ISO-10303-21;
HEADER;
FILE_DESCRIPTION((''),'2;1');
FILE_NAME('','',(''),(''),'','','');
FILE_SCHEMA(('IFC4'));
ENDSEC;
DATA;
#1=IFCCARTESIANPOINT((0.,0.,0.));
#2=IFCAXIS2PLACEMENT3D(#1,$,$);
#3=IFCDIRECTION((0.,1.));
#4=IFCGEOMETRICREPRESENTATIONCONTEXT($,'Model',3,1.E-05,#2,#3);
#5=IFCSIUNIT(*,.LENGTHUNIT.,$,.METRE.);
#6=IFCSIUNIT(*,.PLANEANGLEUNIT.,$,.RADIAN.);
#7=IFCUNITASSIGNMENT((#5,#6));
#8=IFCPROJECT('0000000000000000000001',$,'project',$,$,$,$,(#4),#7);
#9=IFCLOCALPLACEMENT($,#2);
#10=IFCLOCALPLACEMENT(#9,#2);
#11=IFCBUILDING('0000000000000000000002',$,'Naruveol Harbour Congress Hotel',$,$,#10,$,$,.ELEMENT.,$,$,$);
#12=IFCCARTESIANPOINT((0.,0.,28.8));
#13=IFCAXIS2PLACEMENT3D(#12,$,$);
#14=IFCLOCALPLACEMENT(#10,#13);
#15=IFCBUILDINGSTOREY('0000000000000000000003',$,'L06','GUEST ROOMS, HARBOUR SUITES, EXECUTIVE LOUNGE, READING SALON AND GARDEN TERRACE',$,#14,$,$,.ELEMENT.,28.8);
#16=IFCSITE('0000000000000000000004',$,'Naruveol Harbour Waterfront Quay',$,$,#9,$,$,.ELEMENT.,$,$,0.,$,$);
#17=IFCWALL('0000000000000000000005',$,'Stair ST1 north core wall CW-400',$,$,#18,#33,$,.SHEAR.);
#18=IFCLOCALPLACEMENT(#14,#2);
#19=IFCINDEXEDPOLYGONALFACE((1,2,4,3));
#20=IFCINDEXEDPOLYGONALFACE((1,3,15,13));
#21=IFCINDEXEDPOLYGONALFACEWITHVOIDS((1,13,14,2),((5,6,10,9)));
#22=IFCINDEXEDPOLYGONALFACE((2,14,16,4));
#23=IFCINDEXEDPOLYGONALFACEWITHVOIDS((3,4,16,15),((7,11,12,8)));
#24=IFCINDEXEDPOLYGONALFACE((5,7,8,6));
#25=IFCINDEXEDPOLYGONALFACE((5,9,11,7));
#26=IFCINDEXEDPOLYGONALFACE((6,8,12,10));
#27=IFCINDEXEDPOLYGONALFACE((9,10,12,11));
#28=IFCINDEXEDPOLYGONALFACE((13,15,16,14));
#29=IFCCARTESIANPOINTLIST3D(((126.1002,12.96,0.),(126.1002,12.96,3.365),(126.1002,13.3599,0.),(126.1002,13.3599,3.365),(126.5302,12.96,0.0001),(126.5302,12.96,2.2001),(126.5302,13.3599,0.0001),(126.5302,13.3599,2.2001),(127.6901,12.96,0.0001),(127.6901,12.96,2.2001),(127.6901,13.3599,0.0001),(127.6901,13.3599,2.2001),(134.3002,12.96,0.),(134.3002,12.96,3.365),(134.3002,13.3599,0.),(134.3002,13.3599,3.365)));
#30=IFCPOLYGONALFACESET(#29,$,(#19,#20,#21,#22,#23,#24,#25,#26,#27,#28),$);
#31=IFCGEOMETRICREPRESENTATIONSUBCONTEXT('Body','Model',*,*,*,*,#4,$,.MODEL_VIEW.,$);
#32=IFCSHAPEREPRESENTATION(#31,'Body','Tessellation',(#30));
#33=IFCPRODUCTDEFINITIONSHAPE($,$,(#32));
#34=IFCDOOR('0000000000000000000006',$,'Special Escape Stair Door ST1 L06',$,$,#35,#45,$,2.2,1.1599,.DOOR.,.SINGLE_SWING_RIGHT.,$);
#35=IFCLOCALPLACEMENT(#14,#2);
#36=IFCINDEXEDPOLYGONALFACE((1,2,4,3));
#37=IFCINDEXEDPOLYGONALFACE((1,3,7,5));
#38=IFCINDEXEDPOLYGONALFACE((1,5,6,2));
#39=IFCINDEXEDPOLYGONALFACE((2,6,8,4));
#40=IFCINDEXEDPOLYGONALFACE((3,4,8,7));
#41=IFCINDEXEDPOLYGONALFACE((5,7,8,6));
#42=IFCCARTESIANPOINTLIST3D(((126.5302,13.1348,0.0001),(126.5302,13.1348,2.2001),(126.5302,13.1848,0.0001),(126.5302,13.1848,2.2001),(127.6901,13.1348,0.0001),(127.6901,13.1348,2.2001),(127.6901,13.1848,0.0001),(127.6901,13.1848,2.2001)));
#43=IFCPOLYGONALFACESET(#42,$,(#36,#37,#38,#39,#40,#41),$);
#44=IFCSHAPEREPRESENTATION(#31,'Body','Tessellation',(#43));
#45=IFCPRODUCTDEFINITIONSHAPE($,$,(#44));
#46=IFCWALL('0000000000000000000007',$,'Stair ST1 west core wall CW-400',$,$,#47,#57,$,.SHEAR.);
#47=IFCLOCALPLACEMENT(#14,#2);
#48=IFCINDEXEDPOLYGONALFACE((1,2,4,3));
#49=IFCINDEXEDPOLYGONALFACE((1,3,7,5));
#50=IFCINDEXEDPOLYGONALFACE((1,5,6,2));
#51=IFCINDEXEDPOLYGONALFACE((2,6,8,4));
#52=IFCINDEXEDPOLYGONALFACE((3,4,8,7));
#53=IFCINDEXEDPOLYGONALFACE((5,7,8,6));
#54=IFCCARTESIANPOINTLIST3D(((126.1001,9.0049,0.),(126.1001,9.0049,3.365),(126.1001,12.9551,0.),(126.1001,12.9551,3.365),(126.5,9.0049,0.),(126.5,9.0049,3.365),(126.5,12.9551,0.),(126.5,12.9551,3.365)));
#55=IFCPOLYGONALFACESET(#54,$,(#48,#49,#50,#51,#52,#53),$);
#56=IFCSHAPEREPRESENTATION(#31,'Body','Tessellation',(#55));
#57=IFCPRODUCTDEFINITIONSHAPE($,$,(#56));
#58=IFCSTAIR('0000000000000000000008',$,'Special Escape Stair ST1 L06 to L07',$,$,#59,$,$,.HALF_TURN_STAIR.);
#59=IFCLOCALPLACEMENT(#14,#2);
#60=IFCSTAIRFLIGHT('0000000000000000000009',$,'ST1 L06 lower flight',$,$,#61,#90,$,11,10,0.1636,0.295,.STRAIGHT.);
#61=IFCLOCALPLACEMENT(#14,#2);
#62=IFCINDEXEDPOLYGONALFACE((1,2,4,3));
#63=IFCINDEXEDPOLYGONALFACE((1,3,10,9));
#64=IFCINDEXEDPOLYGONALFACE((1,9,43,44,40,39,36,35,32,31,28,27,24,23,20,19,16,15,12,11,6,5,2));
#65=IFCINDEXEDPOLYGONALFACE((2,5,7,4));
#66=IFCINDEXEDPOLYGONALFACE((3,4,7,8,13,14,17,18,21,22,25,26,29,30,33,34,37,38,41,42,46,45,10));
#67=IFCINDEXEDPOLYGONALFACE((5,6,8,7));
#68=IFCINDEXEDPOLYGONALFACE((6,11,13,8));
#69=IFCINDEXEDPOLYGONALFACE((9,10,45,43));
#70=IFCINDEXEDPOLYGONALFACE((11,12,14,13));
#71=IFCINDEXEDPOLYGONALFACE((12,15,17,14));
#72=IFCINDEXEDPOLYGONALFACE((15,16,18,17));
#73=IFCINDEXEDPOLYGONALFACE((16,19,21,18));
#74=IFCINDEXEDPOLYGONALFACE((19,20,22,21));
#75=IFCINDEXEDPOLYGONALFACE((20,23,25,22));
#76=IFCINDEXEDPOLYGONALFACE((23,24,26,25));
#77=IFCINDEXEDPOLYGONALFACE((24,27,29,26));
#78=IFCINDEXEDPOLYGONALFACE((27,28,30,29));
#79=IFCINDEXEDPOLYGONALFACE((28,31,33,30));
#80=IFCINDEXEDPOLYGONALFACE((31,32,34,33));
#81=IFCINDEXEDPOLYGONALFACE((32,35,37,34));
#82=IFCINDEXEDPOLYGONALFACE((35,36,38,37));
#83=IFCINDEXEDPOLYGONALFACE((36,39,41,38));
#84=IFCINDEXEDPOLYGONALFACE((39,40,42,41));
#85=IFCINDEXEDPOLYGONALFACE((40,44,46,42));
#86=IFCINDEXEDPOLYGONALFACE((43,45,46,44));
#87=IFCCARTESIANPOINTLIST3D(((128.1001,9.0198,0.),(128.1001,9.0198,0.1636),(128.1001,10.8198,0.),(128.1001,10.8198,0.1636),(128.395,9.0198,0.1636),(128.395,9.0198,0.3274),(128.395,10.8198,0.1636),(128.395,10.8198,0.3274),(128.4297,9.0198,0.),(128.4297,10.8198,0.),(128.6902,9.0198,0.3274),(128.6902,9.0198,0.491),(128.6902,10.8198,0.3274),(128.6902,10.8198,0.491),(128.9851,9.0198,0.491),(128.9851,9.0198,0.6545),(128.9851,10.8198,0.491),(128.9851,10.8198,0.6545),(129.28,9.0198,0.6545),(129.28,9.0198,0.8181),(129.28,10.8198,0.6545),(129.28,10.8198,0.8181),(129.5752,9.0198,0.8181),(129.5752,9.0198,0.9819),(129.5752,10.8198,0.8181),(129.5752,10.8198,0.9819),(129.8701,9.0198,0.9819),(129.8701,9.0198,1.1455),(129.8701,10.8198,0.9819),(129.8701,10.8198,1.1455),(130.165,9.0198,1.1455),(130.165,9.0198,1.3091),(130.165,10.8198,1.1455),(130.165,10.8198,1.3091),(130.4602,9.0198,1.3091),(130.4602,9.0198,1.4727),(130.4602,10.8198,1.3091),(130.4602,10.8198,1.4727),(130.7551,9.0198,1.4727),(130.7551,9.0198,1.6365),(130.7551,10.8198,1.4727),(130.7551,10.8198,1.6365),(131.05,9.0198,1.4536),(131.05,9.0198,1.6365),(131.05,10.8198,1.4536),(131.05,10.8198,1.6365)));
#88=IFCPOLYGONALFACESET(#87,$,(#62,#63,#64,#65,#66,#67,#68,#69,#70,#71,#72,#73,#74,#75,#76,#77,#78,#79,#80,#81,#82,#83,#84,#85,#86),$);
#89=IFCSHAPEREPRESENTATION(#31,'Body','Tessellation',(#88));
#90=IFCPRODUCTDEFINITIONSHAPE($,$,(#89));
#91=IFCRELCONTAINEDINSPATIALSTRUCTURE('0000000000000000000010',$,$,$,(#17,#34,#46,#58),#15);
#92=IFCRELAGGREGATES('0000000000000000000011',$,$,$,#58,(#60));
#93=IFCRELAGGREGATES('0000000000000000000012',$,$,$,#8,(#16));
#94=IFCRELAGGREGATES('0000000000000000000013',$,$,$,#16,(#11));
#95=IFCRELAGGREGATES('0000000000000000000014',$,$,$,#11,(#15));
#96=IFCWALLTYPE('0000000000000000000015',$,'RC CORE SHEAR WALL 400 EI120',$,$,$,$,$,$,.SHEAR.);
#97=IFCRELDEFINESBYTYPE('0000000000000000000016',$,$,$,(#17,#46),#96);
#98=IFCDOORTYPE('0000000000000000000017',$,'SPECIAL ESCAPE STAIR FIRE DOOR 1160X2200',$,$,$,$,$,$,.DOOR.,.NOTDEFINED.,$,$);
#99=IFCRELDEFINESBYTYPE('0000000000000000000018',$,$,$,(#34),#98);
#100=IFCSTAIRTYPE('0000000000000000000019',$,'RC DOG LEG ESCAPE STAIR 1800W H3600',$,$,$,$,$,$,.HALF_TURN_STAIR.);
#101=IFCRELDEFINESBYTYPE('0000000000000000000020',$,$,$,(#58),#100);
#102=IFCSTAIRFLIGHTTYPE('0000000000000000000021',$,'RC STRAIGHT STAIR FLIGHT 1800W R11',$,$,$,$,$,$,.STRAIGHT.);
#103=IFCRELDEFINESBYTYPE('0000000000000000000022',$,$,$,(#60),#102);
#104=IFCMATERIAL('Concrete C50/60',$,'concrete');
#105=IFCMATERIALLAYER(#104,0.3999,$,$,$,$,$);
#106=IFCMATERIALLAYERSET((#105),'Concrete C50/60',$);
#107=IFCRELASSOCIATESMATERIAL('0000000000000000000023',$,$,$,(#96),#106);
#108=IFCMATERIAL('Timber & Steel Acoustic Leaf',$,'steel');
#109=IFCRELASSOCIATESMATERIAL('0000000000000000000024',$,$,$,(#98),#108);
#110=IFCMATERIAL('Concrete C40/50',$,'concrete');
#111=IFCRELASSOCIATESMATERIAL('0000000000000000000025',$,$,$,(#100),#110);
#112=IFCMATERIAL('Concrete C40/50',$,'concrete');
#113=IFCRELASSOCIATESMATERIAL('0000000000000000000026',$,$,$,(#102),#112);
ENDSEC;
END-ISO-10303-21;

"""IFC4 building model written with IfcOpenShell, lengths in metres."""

from ifc_helpers import new_model, si_unit, direction, frame, frame_2d, origin, place, context, subcontext, project, spatial, polyline, rectangle, outline, extrude, material, layer, layer_set, type_object, element, fill, aggregate, save


model = new_model("IFC4")

# Units and contexts
model_context = context("Model", 3, precision=1e-05, world=origin(), true_north=direction((0.0, 1.0)))
body_context = subcontext(model_context, "Body", "Model", "MODEL_VIEW")
ifc_project = project(units=[si_unit("LENGTHUNIT", "METRE"), si_unit("PLANEANGLEUNIT", "RADIAN")], contexts=[model_context])

# Site, building, storey
site_placement = place(None, origin())
site = spatial("IfcSite", under=ifc_project, at=site_placement, Name="Naruveol Harbour Waterfront Quay", CompositionType="ELEMENT", RefElevation=0.0)
building_placement = place(site_placement, origin())
building = spatial("IfcBuilding", under=site, at=building_placement, Name="Naruveol Harbour Congress Hotel", CompositionType="ELEMENT")
storey_placement = place(building_placement, frame((0.0, 0.0, 28.8)))
storey = spatial("IfcBuildingStorey", under=building, at=storey_placement, Name="L06", Description="GUEST ROOMS, HARBOUR SUITES, EXECUTIVE LOUNGE, READING SALON AND GARDEN TERRACE", CompositionType="ELEMENT", Elevation=28.8)

# Shared definitions
ifc_material_1 = material(Name="Concrete C50/60", Category="concrete")
ifc_layer_1 = layer(ifc_material_1, 0.3999)
ifc_layer_set_1 = layer_set([ifc_layer_1], Name="Concrete C50/60")
wall_type_1 = type_object("IfcWallType", Name="RC CORE SHEAR WALL 400 EI120", PredefinedType="SHEAR", material=ifc_layer_set_1)

# Wall, opening, door
wall_1_placement = place(storey_placement, frame((126.1001, 13.1599, 0.0), z_axis=(0.0, 0.0, 1.0), x_axis=(1.0, 0.0, 0.0)))
wall_1 = element("IfcWall", 1, at=wall_1_placement, inside=storey, type_object=wall_type_1, Name="Stair ST1 north core wall CW-400", PredefinedType="SHEAR", context=body_context, shape_type="SweptSolid", body=[
    extrude(rectangle(XDim=8.2, YDim=0.3999, at=frame_2d((4.1001, 0.0))), origin(), (0.0, 0.0, 1.0), 3.365),
])
opening_1_placement = place(wall_1_placement, frame((0.4299, 0.0, 0.0)))
opening_1 = element("IfcOpeningElement", 2, at=opening_1_placement, cuts=wall_1, PredefinedType="OPENING", context=body_context, shape_type="SweptSolid", body=[
    extrude(rectangle(XDim=1.1599, YDim=2.2, at=frame_2d((0.5801, 1.1001))), frame((0.0, 0.21, 0.0), z_axis=(0.0, -1.0, 0.0), x_axis=(1.0, 0.0, 0.0)), (0.0, 0.0, 1.0), 0.4199),
])
ifc_material_2 = material(Name="Timber & Steel Acoustic Leaf", Category="steel")
door_type_1 = type_object("IfcDoorType", Name="SPECIAL ESCAPE STAIR FIRE DOOR 1160X2200", OperationType="NOTDEFINED", PredefinedType="DOOR", material=ifc_material_2)
door_1_placement = place(opening_1_placement, origin())
door_1 = element("IfcDoor", 3, at=door_1_placement, inside=storey, type_object=door_type_1, Name="Special Escape Stair Door ST1 L06", OperationType="SINGLE_SWING_RIGHT", OverallHeight=2.2, OverallWidth=1.1599, PredefinedType="DOOR", context=body_context, shape_type="SweptSolid", body=[
    extrude(rectangle(XDim=1.1599, YDim=2.2, at=frame_2d((0.5801, 1.1001))), frame((0.0, 0.0249, 0.0), z_axis=(0.0, -1.0, 0.0), x_axis=(1.0, 0.0, 0.0)), (0.0, 0.0, 1.0), 0.05),
])
fill(opening_1, door_1)

# Wall
wall_2_placement = place(storey_placement, frame((126.3, 9.0049, 0.0), z_axis=(0.0, 0.0, 1.0), x_axis=(0.0, 1.0, 0.0)))
element("IfcWall", 4, at=wall_2_placement, inside=storey, type_object=wall_type_1, Name="Stair ST1 west core wall CW-400", PredefinedType="SHEAR", context=body_context, shape_type="SweptSolid", body=[
    extrude(rectangle(XDim=3.9502, YDim=0.3999, at=frame_2d((1.9751, 0.0))), origin(), (0.0, 0.0, 1.0), 3.365),
])

# Stair, stair flight
ifc_material_3 = material(Name="Concrete C40/50", Category="concrete")
stair_type = type_object("IfcStairType", Name="RC DOG LEG ESCAPE STAIR 1800W H3600", PredefinedType="HALF_TURN_STAIR", material=ifc_material_3)
stair_placement = place(storey_placement, origin())
stair = element("IfcStair", 5, at=stair_placement, inside=storey, type_object=stair_type, Name="Special Escape Stair ST1 L06 to L07", PredefinedType="HALF_TURN_STAIR")
ifc_material_4 = material(Name="Concrete C40/50", Category="concrete")
stair_flight_type = type_object("IfcStairFlightType", Name="RC STRAIGHT STAIR FLIGHT 1800W R11", PredefinedType="STRAIGHT", material=ifc_material_4)
stair_flight_placement = place(storey_placement, frame((128.1001, 9.9199, 0.0), z_axis=(0.0, 0.0, 1.0), x_axis=(1.0, 0.0, 0.0)))
stair_flight = element("IfcStairFlight", 6, at=stair_flight_placement, type_object=stair_flight_type, Name="ST1 L06 lower flight", NumberOfRisers=11, NumberOfTreads=10, PredefinedType="STRAIGHT", RiserHeight=0.1636, TreadLength=0.295, context=body_context, shape_type="SweptSolid", body=[
    extrude(outline(polyline([(0.0, 0.0), (0.0, 0.1636), (0.2949, 0.1636), (0.2949, 0.3274), (0.5901, 0.3274), (0.5901, 0.491), (0.885, 0.491), (0.885, 0.6545), (1.1799, 0.6545), (1.1799, 0.8181), (1.4751, 0.8181), (1.4751, 0.9819), (1.77, 0.9819), (1.77, 1.1455), (2.0649, 1.1455), (2.0649, 1.3091), (2.3601, 1.3091), (2.3601, 1.4727), (2.655, 1.4727), (2.655, 1.6365), (2.95, 1.6365), (2.95, 1.8), (2.95, 1.4536), (0.3296, 0.0), (0.0, 0.0)])), frame((0.0, 0.8999, 0.0), z_axis=(0.0, -1.0, 0.0), x_axis=(1.0, 0.0, 0.0)), (0.0, 0.0, 1.0), 1.8),
])
aggregate(stair, [stair_flight])

save(model, "model.ifc")
